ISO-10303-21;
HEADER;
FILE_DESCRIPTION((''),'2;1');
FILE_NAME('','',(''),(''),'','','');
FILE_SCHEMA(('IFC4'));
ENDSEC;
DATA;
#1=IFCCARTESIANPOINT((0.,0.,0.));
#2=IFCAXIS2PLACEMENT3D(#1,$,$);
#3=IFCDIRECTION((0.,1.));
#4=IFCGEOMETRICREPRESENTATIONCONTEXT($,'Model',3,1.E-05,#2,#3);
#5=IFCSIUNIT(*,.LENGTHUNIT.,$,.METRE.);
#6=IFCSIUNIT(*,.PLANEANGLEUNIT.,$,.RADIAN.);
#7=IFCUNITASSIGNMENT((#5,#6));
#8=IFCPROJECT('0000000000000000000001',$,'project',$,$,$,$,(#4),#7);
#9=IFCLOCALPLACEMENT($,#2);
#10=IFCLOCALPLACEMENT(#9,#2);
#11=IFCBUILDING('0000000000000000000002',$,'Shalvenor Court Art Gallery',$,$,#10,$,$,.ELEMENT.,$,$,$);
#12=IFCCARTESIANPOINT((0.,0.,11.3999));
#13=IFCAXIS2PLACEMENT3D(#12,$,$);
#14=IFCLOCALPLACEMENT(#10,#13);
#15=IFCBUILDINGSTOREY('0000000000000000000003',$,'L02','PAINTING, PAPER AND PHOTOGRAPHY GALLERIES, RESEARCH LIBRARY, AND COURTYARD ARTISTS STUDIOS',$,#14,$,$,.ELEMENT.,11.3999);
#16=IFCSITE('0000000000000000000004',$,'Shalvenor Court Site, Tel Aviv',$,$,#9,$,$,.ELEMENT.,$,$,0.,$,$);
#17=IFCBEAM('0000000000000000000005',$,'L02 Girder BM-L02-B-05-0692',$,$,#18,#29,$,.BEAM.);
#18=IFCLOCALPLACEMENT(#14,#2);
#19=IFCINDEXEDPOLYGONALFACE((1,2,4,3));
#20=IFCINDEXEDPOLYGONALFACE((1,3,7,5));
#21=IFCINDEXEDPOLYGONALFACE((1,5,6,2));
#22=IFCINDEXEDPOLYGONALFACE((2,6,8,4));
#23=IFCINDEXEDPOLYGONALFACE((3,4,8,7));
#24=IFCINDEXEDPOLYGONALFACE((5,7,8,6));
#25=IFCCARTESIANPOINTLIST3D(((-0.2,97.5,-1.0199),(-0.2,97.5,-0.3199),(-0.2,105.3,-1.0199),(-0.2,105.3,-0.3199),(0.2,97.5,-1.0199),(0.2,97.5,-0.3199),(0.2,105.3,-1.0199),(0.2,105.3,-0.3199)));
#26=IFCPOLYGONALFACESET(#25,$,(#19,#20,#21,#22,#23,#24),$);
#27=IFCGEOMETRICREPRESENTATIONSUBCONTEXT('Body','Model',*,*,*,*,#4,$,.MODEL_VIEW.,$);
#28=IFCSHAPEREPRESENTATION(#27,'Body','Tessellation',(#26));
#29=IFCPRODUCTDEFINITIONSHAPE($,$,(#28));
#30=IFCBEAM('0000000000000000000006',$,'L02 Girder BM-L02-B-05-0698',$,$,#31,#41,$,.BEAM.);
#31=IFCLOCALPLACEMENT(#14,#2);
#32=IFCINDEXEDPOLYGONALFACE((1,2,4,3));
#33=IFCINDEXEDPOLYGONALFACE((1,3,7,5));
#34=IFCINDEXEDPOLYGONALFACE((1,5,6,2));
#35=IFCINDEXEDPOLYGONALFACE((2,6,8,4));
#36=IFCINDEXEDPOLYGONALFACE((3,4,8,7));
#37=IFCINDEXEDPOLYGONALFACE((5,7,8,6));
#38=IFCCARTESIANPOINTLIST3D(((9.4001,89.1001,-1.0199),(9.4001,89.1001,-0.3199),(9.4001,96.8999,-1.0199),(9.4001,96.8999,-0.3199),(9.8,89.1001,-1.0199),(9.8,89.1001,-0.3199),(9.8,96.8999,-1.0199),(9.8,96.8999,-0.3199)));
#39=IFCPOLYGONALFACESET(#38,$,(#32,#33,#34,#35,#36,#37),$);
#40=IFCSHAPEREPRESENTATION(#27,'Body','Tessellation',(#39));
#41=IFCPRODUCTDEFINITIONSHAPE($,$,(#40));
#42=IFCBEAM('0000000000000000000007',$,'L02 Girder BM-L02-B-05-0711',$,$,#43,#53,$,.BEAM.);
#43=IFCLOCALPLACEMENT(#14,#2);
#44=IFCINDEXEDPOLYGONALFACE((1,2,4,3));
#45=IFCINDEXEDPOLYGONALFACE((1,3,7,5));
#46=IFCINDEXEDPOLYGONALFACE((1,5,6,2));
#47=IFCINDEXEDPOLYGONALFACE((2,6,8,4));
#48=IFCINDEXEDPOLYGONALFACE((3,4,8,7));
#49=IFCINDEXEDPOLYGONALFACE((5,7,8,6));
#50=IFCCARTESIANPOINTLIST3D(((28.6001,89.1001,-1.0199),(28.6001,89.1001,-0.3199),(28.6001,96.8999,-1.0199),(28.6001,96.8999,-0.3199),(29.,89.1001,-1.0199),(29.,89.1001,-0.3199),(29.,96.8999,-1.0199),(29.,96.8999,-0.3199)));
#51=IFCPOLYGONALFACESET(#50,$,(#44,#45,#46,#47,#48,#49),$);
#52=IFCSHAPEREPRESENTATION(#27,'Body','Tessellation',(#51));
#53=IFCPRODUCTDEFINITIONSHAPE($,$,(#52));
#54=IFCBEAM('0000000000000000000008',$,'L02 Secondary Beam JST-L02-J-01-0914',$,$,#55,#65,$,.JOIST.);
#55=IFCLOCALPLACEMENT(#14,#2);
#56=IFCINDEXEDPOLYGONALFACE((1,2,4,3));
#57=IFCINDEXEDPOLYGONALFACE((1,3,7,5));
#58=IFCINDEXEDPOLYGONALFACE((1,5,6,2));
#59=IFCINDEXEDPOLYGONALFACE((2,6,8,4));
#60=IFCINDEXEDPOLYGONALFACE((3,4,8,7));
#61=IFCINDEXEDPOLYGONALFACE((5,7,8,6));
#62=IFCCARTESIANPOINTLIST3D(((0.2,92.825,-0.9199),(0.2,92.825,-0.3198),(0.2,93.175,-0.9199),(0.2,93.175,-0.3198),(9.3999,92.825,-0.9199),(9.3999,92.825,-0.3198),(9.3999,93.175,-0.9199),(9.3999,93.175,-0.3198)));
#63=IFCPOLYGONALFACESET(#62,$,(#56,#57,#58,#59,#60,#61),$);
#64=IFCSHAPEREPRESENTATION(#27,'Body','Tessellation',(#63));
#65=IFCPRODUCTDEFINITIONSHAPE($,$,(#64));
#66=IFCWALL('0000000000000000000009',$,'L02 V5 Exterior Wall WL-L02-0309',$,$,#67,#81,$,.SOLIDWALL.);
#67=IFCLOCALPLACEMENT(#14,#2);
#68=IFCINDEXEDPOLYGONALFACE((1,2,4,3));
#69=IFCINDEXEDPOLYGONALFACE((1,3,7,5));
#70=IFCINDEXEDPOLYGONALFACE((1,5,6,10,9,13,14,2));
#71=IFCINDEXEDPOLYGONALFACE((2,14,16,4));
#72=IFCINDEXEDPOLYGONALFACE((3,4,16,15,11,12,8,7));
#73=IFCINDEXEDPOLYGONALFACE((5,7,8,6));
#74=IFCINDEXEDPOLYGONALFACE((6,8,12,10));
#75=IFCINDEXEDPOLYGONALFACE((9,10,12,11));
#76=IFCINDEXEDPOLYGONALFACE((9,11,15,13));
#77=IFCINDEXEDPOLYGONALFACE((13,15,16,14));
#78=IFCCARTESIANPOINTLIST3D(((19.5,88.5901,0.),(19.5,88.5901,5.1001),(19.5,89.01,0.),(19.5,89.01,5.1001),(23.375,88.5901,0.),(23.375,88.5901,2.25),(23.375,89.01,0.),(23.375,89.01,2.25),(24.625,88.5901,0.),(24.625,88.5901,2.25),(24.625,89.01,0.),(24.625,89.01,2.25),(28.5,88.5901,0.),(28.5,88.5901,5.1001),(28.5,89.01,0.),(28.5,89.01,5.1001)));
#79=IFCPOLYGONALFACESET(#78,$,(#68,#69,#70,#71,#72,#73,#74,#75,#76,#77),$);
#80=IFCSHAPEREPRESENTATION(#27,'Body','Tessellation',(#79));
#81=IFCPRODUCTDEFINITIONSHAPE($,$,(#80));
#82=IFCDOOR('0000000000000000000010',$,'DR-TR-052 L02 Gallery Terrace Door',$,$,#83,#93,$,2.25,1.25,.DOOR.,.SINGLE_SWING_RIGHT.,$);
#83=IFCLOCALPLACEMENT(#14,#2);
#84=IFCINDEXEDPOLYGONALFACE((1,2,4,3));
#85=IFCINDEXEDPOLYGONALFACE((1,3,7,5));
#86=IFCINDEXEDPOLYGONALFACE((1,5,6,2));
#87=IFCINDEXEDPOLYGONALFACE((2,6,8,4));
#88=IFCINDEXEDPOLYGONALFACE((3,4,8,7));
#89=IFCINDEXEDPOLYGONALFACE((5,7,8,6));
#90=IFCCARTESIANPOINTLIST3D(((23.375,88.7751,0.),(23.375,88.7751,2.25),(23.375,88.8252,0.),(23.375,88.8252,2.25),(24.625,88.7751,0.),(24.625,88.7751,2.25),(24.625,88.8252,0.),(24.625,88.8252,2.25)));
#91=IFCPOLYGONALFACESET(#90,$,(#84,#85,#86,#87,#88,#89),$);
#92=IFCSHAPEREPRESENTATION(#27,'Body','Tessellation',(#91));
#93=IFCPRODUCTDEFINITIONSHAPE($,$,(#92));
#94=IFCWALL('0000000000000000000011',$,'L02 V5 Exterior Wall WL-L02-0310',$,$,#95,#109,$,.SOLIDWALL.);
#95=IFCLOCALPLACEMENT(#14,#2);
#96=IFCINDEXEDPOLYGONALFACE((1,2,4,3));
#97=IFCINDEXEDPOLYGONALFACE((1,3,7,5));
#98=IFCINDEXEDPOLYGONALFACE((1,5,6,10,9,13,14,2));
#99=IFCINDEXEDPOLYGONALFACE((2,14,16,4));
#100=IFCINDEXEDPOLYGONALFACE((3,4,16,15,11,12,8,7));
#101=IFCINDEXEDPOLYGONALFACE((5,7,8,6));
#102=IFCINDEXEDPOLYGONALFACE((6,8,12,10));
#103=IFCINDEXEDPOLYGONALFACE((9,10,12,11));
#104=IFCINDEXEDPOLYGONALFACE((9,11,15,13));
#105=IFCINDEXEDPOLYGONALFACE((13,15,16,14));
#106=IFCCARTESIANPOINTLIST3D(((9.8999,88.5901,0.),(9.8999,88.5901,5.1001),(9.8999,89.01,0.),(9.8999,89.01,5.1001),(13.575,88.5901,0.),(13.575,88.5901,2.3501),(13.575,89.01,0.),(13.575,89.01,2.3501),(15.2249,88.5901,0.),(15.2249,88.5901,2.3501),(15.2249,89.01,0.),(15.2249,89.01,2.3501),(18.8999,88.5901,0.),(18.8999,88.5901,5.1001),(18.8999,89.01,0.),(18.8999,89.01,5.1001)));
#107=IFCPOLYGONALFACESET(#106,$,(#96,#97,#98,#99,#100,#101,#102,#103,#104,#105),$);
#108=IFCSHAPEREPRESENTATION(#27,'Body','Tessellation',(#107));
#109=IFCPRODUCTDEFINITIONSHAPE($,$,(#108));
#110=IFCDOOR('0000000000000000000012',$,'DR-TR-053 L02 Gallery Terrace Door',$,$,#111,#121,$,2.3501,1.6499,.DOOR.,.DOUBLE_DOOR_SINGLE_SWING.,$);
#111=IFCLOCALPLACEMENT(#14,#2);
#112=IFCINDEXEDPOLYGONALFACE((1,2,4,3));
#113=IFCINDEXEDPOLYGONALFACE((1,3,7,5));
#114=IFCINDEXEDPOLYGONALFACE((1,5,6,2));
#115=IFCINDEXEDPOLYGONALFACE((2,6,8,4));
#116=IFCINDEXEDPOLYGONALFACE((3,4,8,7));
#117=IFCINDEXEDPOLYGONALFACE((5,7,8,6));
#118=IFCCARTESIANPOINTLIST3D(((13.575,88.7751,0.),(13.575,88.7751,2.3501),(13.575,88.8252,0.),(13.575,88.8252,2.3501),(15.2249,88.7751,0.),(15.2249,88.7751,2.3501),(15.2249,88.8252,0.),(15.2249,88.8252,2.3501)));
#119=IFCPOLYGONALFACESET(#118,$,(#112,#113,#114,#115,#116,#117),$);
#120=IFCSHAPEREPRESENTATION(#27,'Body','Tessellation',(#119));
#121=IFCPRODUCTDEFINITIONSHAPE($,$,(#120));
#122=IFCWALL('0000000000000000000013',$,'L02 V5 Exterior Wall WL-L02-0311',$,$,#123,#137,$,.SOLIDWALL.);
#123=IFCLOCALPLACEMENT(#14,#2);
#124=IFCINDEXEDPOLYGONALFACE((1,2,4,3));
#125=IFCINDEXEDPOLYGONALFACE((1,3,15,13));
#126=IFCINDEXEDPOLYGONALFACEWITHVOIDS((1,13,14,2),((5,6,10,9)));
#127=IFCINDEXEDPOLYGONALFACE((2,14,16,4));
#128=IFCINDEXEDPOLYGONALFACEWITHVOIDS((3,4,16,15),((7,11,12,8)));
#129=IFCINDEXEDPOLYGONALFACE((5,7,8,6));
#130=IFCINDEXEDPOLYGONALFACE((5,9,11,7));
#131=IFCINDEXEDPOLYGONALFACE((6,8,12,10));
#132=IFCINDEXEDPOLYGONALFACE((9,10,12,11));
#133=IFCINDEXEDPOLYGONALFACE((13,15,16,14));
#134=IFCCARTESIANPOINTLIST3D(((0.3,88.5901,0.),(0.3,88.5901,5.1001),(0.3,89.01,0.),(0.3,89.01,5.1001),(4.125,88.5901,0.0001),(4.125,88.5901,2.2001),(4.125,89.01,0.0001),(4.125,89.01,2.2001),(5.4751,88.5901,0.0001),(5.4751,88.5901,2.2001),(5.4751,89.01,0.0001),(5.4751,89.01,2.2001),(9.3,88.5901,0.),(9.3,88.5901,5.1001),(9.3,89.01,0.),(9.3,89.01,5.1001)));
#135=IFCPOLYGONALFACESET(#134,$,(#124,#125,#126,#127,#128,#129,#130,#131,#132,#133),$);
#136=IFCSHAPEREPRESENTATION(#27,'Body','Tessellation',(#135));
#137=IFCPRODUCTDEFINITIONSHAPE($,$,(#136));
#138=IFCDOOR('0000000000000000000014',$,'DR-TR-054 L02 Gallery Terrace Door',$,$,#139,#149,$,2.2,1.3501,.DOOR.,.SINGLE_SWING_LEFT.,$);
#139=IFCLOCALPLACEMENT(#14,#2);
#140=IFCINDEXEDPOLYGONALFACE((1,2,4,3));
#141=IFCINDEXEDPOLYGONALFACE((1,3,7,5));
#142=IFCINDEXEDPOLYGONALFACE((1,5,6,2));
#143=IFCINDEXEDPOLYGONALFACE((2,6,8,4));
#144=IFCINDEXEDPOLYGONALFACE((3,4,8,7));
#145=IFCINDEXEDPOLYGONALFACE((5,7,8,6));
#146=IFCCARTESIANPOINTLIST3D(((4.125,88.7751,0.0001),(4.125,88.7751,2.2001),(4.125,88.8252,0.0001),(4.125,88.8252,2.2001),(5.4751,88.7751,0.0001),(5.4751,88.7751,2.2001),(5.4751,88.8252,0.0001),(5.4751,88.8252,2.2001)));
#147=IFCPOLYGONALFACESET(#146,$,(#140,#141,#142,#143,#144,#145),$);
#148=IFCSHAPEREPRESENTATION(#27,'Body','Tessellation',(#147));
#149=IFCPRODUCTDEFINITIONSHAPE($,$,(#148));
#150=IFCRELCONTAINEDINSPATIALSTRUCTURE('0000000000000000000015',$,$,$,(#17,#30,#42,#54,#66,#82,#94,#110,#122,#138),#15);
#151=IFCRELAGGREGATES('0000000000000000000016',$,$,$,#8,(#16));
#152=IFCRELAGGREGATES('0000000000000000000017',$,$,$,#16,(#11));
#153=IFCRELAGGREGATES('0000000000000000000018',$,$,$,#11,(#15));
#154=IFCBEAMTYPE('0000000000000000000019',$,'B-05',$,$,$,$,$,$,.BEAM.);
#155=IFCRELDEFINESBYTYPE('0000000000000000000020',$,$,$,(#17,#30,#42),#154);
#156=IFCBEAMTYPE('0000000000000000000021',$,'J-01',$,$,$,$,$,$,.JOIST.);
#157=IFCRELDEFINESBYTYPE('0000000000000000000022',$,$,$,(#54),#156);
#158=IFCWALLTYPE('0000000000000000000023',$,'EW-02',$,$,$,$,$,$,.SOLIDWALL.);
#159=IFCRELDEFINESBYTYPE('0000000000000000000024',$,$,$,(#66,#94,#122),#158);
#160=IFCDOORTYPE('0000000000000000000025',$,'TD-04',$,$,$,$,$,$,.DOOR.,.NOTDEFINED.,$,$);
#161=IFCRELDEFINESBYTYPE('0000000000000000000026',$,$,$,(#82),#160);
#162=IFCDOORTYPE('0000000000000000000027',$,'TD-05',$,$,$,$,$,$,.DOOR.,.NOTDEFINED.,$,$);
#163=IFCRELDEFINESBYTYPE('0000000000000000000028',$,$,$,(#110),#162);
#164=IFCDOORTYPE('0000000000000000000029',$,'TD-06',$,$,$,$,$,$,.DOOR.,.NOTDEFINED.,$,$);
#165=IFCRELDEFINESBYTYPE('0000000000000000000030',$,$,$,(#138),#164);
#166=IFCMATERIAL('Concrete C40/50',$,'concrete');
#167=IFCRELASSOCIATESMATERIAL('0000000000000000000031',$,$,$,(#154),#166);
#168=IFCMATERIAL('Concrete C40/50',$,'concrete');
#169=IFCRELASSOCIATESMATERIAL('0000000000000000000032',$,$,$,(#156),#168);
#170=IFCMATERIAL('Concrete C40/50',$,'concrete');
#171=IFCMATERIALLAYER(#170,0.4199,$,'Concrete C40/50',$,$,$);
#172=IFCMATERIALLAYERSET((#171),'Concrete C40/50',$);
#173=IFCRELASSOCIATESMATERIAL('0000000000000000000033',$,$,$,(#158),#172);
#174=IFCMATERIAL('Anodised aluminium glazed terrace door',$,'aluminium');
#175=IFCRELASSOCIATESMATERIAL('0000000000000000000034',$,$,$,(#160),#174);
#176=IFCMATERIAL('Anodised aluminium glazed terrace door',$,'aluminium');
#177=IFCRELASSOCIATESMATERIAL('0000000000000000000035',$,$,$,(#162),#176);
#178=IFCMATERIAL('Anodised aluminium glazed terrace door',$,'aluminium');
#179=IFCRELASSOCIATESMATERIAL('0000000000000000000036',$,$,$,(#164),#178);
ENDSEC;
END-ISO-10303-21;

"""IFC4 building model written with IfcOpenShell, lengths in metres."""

from ifc_helpers import new_model, si_unit, direction, frame, frame_2d, origin, origin_2d, place, context, subcontext, project, spatial, rectangle, extrude, material, layer, layer_set, material_profile, profile_set, type_object, element, fill, save


model = new_model("IFC4")

# Units and contexts
model_context = context("Model", 3, precision=1e-05, world=origin(), true_north=direction((0.0, 1.0)))
body_context = subcontext(model_context, "Body", "Model", "MODEL_VIEW")
ifc_project = project(units=[si_unit("LENGTHUNIT", "METRE"), si_unit("PLANEANGLEUNIT", "RADIAN")], contexts=[model_context])

# Site, building, storey
site_placement = place(None, origin())
site = spatial("IfcSite", under=ifc_project, at=site_placement, Name="Shalvenor Court Site, Tel Aviv", CompositionType="ELEMENT", RefElevation=0.0)
building_placement = place(site_placement, origin())
building = spatial("IfcBuilding", under=site, at=building_placement, Name="Shalvenor Court Art Gallery", CompositionType="ELEMENT")
storey_placement = place(building_placement, frame((0.0, 0.0, 11.3999)))
storey = spatial("IfcBuildingStorey", under=building, at=storey_placement, Name="L02", Description="PAINTING, PAPER AND PHOTOGRAPHY GALLERIES, RESEARCH LIBRARY, AND COURTYARD ARTISTS STUDIOS", CompositionType="ELEMENT", Elevation=11.3999)

# Beams
ifc_material_1 = material(Name="Concrete C40/50", Category="concrete")
ifc_material_profile_1 = material_profile(ifc_material_1, rectangle(XDim=0.3999, YDim=0.7, at=origin_2d()), Name="RC 400x700")
ifc_profile_set_1 = profile_set([ifc_material_profile_1], Name="Concrete C40/50")
beam_type_1 = type_object("IfcBeamType", Name="B-05", PredefinedType="BEAM", material=ifc_profile_set_1)
beam_1_placement = place(storey_placement, frame((0.0, 97.5, -0.6699), z_axis=(0.0, 1.0, 0.0), x_axis=(-1.0, 0.0, 0.0)))
element("IfcBeam", 1, at=beam_1_placement, inside=storey, type_object=beam_type_1, Name="L02 Girder BM-L02-B-05-0692", PredefinedType="BEAM", context=body_context, shape_type="SweptSolid", body=[
    extrude(rectangle(XDim=0.3999, YDim=0.7, at=origin_2d()), origin(), (0.0, 0.0, 1.0), 7.8),
])
for number, where, z_axis, x_axis, name in (
    (2, (9.6001, 89.1001, -0.6699), (0.0, 1.0, 0.0), (-1.0, 0.0, 0.0), "L02 Girder BM-L02-B-05-0698"),
    (3, (28.8, 89.1001, -0.6699), (0.0, 1.0, 0.0), (-1.0, 0.0, 0.0), "L02 Girder BM-L02-B-05-0711"),
):
    element("IfcBeam", number, at=place(storey_placement, frame(where, z_axis=z_axis, x_axis=x_axis)), inside=storey, type_object=beam_type_1, Name=name, PredefinedType="BEAM", context=body_context, shape_type="SweptSolid", body=[
        extrude(rectangle(XDim=0.3999, YDim=0.7, at=origin_2d()), origin(), (0.0, 0.0, 1.0), 7.7998),
    ])
ifc_material_2 = material(Name="Concrete C40/50", Category="concrete")
ifc_material_profile_2 = material_profile(ifc_material_2, rectangle(XDim=0.3501, YDim=0.6001, at=origin_2d()), Name="RC 350x600")
ifc_profile_set_2 = profile_set([ifc_material_profile_2], Name="Concrete C40/50")
beam_type_2 = type_object("IfcBeamType", Name="J-01", PredefinedType="JOIST", material=ifc_profile_set_2)
beam_2_placement = place(storey_placement, frame((0.2, 93.0, -0.6199), z_axis=(1.0, 0.0, 0.0), x_axis=(0.0, 1.0, 0.0)))
element("IfcBeam", 4, at=beam_2_placement, inside=storey, type_object=beam_type_2, Name="L02 Secondary Beam JST-L02-J-01-0914", PredefinedType="JOIST", context=body_context, shape_type="SweptSolid", body=[
    extrude(rectangle(XDim=0.3501, YDim=0.6001, at=origin_2d()), origin(), (0.0, 0.0, 1.0), 9.2),
])

# Walls, openings, doors
ifc_material_3 = material(Name="Concrete C40/50", Category="concrete")
ifc_layer_1 = layer(ifc_material_3, 0.4199, Name="Concrete C40/50")
ifc_layer_set_1 = layer_set([ifc_layer_1], Name="Concrete C40/50")
wall_type_1 = type_object("IfcWallType", Name="EW-02", PredefinedType="SOLIDWALL", material=ifc_layer_set_1)
wall_1_placement = place(storey_placement, frame((28.5, 88.8, 0.0), z_axis=(0.0, 0.0, 1.0), x_axis=(-1.0, 0.0, 0.0)))
wall_1 = element("IfcWall", 5, at=wall_1_placement, inside=storey, type_object=wall_type_1, Name="L02 V5 Exterior Wall WL-L02-0309", PredefinedType="SOLIDWALL", context=body_context, shape_type="SweptSolid", body=[
    extrude(rectangle(XDim=9.0, YDim=0.4199, at=frame_2d((4.5, 0.0))), origin(), (0.0, 0.0, 1.0), 5.1001),
])
opening_1_placement = place(wall_1_placement, frame((3.875, 0.0, 0.0)))
opening_1 = element("IfcOpeningElement", 6, at=opening_1_placement, cuts=wall_1, PredefinedType="OPENING", context=body_context, shape_type="SweptSolid", body=[
    extrude(rectangle(XDim=1.25, YDim=2.25, at=frame_2d((0.625, 1.125))), frame((0.0, 0.22, 0.0), z_axis=(0.0, -1.0, 0.0), x_axis=(1.0, 0.0, 0.0)), (0.0, 0.0, 1.0), 0.4399),
])
ifc_material_4 = material(Name="Anodised aluminium glazed terrace door", Category="aluminium")
door_type_1 = type_object("IfcDoorType", Name="TD-04", OperationType="NOTDEFINED", PredefinedType="DOOR", material=ifc_material_4)
door_1_placement = place(opening_1_placement, origin())
door_1 = element("IfcDoor", 7, at=door_1_placement, inside=storey, type_object=door_type_1, Name="DR-TR-052 L02 Gallery Terrace Door", OperationType="SINGLE_SWING_RIGHT", OverallHeight=2.25, OverallWidth=1.25, PredefinedType="DOOR", context=body_context, shape_type="SweptSolid", body=[
    extrude(rectangle(XDim=1.25, YDim=2.25, at=frame_2d((0.625, 1.125))), frame((0.0, 0.0249, 0.0), z_axis=(0.0, -1.0, 0.0), x_axis=(1.0, 0.0, 0.0)), (0.0, 0.0, 1.0), 0.05),
])
fill(opening_1, door_1)
wall_2_placement = place(storey_placement, frame((18.8999, 88.8, 0.0), z_axis=(0.0, 0.0, 1.0), x_axis=(-1.0, 0.0, 0.0)))
wall_2 = element("IfcWall", 8, at=wall_2_placement, inside=storey, type_object=wall_type_1, Name="L02 V5 Exterior Wall WL-L02-0310", PredefinedType="SOLIDWALL", context=body_context, shape_type="SweptSolid", body=[
    extrude(rectangle(XDim=9.0, YDim=0.4199, at=frame_2d((4.5, 0.0))), origin(), (0.0, 0.0, 1.0), 5.1001),
])
opening_2_placement = place(wall_2_placement, frame((3.675, 0.0, 0.0)))
opening_2 = element("IfcOpeningElement", 9, at=opening_2_placement, cuts=wall_2, PredefinedType="OPENING", context=body_context, shape_type="SweptSolid", body=[
    extrude(rectangle(XDim=1.6499, YDim=2.3501, at=frame_2d((0.825, 1.175))), frame((0.0, 0.22, 0.0), z_axis=(0.0, -1.0, 0.0), x_axis=(1.0, 0.0, 0.0)), (0.0, 0.0, 1.0), 0.4399),
])
ifc_material_5 = material(Name="Anodised aluminium glazed terrace door", Category="aluminium")
door_type_2 = type_object("IfcDoorType", Name="TD-05", OperationType="NOTDEFINED", PredefinedType="DOOR", material=ifc_material_5)
door_2_placement = place(opening_2_placement, origin())
door_2 = element("IfcDoor", 10, at=door_2_placement, inside=storey, type_object=door_type_2, Name="DR-TR-053 L02 Gallery Terrace Door", OperationType="DOUBLE_DOOR_SINGLE_SWING", OverallHeight=2.3501, OverallWidth=1.6499, PredefinedType="DOOR", context=body_context, shape_type="SweptSolid", body=[
    extrude(rectangle(XDim=1.6499, YDim=2.3501, at=frame_2d((0.825, 1.175))), frame((0.0, 0.0249, 0.0), z_axis=(0.0, -1.0, 0.0), x_axis=(1.0, 0.0, 0.0)), (0.0, 0.0, 1.0), 0.05),
])
fill(opening_2, door_2)
wall_3_placement = place(storey_placement, frame((9.3, 88.8, 0.0), z_axis=(0.0, 0.0, 1.0), x_axis=(-1.0, 0.0, 0.0)))
wall_3 = element("IfcWall", 11, at=wall_3_placement, inside=storey, type_object=wall_type_1, Name="L02 V5 Exterior Wall WL-L02-0311", PredefinedType="SOLIDWALL", context=body_context, shape_type="SweptSolid", body=[
    extrude(rectangle(XDim=9.0, YDim=0.4199, at=frame_2d((4.5, 0.0))), origin(), (0.0, 0.0, 1.0), 5.1001),
])
opening_3_placement = place(wall_3_placement, frame((3.825, 0.0, 0.0)))
opening_3 = element("IfcOpeningElement", 12, at=opening_3_placement, cuts=wall_3, PredefinedType="OPENING", context=body_context, shape_type="SweptSolid", body=[
    extrude(rectangle(XDim=1.3501, YDim=2.2, at=frame_2d((0.675, 1.1001))), frame((0.0, 0.22, 0.0), z_axis=(0.0, -1.0, 0.0), x_axis=(1.0, 0.0, 0.0)), (0.0, 0.0, 1.0), 0.4399),
])
ifc_material_6 = material(Name="Anodised aluminium glazed terrace door", Category="aluminium")
door_type_3 = type_object("IfcDoorType", Name="TD-06", OperationType="NOTDEFINED", PredefinedType="DOOR", material=ifc_material_6)
door_3_placement = place(opening_3_placement, origin())
door_3 = element("IfcDoor", 13, at=door_3_placement, inside=storey, type_object=door_type_3, Name="DR-TR-054 L02 Gallery Terrace Door", OperationType="SINGLE_SWING_LEFT", OverallHeight=2.2, OverallWidth=1.3501, PredefinedType="DOOR", context=body_context, shape_type="SweptSolid", body=[
    extrude(rectangle(XDim=1.3501, YDim=2.2, at=frame_2d((0.675, 1.1001))), frame((0.0, 0.0249, 0.0), z_axis=(0.0, -1.0, 0.0), x_axis=(1.0, 0.0, 0.0)), (0.0, 0.0, 1.0), 0.05),
])
fill(opening_3, door_3)

save(model, "model.ifc")
